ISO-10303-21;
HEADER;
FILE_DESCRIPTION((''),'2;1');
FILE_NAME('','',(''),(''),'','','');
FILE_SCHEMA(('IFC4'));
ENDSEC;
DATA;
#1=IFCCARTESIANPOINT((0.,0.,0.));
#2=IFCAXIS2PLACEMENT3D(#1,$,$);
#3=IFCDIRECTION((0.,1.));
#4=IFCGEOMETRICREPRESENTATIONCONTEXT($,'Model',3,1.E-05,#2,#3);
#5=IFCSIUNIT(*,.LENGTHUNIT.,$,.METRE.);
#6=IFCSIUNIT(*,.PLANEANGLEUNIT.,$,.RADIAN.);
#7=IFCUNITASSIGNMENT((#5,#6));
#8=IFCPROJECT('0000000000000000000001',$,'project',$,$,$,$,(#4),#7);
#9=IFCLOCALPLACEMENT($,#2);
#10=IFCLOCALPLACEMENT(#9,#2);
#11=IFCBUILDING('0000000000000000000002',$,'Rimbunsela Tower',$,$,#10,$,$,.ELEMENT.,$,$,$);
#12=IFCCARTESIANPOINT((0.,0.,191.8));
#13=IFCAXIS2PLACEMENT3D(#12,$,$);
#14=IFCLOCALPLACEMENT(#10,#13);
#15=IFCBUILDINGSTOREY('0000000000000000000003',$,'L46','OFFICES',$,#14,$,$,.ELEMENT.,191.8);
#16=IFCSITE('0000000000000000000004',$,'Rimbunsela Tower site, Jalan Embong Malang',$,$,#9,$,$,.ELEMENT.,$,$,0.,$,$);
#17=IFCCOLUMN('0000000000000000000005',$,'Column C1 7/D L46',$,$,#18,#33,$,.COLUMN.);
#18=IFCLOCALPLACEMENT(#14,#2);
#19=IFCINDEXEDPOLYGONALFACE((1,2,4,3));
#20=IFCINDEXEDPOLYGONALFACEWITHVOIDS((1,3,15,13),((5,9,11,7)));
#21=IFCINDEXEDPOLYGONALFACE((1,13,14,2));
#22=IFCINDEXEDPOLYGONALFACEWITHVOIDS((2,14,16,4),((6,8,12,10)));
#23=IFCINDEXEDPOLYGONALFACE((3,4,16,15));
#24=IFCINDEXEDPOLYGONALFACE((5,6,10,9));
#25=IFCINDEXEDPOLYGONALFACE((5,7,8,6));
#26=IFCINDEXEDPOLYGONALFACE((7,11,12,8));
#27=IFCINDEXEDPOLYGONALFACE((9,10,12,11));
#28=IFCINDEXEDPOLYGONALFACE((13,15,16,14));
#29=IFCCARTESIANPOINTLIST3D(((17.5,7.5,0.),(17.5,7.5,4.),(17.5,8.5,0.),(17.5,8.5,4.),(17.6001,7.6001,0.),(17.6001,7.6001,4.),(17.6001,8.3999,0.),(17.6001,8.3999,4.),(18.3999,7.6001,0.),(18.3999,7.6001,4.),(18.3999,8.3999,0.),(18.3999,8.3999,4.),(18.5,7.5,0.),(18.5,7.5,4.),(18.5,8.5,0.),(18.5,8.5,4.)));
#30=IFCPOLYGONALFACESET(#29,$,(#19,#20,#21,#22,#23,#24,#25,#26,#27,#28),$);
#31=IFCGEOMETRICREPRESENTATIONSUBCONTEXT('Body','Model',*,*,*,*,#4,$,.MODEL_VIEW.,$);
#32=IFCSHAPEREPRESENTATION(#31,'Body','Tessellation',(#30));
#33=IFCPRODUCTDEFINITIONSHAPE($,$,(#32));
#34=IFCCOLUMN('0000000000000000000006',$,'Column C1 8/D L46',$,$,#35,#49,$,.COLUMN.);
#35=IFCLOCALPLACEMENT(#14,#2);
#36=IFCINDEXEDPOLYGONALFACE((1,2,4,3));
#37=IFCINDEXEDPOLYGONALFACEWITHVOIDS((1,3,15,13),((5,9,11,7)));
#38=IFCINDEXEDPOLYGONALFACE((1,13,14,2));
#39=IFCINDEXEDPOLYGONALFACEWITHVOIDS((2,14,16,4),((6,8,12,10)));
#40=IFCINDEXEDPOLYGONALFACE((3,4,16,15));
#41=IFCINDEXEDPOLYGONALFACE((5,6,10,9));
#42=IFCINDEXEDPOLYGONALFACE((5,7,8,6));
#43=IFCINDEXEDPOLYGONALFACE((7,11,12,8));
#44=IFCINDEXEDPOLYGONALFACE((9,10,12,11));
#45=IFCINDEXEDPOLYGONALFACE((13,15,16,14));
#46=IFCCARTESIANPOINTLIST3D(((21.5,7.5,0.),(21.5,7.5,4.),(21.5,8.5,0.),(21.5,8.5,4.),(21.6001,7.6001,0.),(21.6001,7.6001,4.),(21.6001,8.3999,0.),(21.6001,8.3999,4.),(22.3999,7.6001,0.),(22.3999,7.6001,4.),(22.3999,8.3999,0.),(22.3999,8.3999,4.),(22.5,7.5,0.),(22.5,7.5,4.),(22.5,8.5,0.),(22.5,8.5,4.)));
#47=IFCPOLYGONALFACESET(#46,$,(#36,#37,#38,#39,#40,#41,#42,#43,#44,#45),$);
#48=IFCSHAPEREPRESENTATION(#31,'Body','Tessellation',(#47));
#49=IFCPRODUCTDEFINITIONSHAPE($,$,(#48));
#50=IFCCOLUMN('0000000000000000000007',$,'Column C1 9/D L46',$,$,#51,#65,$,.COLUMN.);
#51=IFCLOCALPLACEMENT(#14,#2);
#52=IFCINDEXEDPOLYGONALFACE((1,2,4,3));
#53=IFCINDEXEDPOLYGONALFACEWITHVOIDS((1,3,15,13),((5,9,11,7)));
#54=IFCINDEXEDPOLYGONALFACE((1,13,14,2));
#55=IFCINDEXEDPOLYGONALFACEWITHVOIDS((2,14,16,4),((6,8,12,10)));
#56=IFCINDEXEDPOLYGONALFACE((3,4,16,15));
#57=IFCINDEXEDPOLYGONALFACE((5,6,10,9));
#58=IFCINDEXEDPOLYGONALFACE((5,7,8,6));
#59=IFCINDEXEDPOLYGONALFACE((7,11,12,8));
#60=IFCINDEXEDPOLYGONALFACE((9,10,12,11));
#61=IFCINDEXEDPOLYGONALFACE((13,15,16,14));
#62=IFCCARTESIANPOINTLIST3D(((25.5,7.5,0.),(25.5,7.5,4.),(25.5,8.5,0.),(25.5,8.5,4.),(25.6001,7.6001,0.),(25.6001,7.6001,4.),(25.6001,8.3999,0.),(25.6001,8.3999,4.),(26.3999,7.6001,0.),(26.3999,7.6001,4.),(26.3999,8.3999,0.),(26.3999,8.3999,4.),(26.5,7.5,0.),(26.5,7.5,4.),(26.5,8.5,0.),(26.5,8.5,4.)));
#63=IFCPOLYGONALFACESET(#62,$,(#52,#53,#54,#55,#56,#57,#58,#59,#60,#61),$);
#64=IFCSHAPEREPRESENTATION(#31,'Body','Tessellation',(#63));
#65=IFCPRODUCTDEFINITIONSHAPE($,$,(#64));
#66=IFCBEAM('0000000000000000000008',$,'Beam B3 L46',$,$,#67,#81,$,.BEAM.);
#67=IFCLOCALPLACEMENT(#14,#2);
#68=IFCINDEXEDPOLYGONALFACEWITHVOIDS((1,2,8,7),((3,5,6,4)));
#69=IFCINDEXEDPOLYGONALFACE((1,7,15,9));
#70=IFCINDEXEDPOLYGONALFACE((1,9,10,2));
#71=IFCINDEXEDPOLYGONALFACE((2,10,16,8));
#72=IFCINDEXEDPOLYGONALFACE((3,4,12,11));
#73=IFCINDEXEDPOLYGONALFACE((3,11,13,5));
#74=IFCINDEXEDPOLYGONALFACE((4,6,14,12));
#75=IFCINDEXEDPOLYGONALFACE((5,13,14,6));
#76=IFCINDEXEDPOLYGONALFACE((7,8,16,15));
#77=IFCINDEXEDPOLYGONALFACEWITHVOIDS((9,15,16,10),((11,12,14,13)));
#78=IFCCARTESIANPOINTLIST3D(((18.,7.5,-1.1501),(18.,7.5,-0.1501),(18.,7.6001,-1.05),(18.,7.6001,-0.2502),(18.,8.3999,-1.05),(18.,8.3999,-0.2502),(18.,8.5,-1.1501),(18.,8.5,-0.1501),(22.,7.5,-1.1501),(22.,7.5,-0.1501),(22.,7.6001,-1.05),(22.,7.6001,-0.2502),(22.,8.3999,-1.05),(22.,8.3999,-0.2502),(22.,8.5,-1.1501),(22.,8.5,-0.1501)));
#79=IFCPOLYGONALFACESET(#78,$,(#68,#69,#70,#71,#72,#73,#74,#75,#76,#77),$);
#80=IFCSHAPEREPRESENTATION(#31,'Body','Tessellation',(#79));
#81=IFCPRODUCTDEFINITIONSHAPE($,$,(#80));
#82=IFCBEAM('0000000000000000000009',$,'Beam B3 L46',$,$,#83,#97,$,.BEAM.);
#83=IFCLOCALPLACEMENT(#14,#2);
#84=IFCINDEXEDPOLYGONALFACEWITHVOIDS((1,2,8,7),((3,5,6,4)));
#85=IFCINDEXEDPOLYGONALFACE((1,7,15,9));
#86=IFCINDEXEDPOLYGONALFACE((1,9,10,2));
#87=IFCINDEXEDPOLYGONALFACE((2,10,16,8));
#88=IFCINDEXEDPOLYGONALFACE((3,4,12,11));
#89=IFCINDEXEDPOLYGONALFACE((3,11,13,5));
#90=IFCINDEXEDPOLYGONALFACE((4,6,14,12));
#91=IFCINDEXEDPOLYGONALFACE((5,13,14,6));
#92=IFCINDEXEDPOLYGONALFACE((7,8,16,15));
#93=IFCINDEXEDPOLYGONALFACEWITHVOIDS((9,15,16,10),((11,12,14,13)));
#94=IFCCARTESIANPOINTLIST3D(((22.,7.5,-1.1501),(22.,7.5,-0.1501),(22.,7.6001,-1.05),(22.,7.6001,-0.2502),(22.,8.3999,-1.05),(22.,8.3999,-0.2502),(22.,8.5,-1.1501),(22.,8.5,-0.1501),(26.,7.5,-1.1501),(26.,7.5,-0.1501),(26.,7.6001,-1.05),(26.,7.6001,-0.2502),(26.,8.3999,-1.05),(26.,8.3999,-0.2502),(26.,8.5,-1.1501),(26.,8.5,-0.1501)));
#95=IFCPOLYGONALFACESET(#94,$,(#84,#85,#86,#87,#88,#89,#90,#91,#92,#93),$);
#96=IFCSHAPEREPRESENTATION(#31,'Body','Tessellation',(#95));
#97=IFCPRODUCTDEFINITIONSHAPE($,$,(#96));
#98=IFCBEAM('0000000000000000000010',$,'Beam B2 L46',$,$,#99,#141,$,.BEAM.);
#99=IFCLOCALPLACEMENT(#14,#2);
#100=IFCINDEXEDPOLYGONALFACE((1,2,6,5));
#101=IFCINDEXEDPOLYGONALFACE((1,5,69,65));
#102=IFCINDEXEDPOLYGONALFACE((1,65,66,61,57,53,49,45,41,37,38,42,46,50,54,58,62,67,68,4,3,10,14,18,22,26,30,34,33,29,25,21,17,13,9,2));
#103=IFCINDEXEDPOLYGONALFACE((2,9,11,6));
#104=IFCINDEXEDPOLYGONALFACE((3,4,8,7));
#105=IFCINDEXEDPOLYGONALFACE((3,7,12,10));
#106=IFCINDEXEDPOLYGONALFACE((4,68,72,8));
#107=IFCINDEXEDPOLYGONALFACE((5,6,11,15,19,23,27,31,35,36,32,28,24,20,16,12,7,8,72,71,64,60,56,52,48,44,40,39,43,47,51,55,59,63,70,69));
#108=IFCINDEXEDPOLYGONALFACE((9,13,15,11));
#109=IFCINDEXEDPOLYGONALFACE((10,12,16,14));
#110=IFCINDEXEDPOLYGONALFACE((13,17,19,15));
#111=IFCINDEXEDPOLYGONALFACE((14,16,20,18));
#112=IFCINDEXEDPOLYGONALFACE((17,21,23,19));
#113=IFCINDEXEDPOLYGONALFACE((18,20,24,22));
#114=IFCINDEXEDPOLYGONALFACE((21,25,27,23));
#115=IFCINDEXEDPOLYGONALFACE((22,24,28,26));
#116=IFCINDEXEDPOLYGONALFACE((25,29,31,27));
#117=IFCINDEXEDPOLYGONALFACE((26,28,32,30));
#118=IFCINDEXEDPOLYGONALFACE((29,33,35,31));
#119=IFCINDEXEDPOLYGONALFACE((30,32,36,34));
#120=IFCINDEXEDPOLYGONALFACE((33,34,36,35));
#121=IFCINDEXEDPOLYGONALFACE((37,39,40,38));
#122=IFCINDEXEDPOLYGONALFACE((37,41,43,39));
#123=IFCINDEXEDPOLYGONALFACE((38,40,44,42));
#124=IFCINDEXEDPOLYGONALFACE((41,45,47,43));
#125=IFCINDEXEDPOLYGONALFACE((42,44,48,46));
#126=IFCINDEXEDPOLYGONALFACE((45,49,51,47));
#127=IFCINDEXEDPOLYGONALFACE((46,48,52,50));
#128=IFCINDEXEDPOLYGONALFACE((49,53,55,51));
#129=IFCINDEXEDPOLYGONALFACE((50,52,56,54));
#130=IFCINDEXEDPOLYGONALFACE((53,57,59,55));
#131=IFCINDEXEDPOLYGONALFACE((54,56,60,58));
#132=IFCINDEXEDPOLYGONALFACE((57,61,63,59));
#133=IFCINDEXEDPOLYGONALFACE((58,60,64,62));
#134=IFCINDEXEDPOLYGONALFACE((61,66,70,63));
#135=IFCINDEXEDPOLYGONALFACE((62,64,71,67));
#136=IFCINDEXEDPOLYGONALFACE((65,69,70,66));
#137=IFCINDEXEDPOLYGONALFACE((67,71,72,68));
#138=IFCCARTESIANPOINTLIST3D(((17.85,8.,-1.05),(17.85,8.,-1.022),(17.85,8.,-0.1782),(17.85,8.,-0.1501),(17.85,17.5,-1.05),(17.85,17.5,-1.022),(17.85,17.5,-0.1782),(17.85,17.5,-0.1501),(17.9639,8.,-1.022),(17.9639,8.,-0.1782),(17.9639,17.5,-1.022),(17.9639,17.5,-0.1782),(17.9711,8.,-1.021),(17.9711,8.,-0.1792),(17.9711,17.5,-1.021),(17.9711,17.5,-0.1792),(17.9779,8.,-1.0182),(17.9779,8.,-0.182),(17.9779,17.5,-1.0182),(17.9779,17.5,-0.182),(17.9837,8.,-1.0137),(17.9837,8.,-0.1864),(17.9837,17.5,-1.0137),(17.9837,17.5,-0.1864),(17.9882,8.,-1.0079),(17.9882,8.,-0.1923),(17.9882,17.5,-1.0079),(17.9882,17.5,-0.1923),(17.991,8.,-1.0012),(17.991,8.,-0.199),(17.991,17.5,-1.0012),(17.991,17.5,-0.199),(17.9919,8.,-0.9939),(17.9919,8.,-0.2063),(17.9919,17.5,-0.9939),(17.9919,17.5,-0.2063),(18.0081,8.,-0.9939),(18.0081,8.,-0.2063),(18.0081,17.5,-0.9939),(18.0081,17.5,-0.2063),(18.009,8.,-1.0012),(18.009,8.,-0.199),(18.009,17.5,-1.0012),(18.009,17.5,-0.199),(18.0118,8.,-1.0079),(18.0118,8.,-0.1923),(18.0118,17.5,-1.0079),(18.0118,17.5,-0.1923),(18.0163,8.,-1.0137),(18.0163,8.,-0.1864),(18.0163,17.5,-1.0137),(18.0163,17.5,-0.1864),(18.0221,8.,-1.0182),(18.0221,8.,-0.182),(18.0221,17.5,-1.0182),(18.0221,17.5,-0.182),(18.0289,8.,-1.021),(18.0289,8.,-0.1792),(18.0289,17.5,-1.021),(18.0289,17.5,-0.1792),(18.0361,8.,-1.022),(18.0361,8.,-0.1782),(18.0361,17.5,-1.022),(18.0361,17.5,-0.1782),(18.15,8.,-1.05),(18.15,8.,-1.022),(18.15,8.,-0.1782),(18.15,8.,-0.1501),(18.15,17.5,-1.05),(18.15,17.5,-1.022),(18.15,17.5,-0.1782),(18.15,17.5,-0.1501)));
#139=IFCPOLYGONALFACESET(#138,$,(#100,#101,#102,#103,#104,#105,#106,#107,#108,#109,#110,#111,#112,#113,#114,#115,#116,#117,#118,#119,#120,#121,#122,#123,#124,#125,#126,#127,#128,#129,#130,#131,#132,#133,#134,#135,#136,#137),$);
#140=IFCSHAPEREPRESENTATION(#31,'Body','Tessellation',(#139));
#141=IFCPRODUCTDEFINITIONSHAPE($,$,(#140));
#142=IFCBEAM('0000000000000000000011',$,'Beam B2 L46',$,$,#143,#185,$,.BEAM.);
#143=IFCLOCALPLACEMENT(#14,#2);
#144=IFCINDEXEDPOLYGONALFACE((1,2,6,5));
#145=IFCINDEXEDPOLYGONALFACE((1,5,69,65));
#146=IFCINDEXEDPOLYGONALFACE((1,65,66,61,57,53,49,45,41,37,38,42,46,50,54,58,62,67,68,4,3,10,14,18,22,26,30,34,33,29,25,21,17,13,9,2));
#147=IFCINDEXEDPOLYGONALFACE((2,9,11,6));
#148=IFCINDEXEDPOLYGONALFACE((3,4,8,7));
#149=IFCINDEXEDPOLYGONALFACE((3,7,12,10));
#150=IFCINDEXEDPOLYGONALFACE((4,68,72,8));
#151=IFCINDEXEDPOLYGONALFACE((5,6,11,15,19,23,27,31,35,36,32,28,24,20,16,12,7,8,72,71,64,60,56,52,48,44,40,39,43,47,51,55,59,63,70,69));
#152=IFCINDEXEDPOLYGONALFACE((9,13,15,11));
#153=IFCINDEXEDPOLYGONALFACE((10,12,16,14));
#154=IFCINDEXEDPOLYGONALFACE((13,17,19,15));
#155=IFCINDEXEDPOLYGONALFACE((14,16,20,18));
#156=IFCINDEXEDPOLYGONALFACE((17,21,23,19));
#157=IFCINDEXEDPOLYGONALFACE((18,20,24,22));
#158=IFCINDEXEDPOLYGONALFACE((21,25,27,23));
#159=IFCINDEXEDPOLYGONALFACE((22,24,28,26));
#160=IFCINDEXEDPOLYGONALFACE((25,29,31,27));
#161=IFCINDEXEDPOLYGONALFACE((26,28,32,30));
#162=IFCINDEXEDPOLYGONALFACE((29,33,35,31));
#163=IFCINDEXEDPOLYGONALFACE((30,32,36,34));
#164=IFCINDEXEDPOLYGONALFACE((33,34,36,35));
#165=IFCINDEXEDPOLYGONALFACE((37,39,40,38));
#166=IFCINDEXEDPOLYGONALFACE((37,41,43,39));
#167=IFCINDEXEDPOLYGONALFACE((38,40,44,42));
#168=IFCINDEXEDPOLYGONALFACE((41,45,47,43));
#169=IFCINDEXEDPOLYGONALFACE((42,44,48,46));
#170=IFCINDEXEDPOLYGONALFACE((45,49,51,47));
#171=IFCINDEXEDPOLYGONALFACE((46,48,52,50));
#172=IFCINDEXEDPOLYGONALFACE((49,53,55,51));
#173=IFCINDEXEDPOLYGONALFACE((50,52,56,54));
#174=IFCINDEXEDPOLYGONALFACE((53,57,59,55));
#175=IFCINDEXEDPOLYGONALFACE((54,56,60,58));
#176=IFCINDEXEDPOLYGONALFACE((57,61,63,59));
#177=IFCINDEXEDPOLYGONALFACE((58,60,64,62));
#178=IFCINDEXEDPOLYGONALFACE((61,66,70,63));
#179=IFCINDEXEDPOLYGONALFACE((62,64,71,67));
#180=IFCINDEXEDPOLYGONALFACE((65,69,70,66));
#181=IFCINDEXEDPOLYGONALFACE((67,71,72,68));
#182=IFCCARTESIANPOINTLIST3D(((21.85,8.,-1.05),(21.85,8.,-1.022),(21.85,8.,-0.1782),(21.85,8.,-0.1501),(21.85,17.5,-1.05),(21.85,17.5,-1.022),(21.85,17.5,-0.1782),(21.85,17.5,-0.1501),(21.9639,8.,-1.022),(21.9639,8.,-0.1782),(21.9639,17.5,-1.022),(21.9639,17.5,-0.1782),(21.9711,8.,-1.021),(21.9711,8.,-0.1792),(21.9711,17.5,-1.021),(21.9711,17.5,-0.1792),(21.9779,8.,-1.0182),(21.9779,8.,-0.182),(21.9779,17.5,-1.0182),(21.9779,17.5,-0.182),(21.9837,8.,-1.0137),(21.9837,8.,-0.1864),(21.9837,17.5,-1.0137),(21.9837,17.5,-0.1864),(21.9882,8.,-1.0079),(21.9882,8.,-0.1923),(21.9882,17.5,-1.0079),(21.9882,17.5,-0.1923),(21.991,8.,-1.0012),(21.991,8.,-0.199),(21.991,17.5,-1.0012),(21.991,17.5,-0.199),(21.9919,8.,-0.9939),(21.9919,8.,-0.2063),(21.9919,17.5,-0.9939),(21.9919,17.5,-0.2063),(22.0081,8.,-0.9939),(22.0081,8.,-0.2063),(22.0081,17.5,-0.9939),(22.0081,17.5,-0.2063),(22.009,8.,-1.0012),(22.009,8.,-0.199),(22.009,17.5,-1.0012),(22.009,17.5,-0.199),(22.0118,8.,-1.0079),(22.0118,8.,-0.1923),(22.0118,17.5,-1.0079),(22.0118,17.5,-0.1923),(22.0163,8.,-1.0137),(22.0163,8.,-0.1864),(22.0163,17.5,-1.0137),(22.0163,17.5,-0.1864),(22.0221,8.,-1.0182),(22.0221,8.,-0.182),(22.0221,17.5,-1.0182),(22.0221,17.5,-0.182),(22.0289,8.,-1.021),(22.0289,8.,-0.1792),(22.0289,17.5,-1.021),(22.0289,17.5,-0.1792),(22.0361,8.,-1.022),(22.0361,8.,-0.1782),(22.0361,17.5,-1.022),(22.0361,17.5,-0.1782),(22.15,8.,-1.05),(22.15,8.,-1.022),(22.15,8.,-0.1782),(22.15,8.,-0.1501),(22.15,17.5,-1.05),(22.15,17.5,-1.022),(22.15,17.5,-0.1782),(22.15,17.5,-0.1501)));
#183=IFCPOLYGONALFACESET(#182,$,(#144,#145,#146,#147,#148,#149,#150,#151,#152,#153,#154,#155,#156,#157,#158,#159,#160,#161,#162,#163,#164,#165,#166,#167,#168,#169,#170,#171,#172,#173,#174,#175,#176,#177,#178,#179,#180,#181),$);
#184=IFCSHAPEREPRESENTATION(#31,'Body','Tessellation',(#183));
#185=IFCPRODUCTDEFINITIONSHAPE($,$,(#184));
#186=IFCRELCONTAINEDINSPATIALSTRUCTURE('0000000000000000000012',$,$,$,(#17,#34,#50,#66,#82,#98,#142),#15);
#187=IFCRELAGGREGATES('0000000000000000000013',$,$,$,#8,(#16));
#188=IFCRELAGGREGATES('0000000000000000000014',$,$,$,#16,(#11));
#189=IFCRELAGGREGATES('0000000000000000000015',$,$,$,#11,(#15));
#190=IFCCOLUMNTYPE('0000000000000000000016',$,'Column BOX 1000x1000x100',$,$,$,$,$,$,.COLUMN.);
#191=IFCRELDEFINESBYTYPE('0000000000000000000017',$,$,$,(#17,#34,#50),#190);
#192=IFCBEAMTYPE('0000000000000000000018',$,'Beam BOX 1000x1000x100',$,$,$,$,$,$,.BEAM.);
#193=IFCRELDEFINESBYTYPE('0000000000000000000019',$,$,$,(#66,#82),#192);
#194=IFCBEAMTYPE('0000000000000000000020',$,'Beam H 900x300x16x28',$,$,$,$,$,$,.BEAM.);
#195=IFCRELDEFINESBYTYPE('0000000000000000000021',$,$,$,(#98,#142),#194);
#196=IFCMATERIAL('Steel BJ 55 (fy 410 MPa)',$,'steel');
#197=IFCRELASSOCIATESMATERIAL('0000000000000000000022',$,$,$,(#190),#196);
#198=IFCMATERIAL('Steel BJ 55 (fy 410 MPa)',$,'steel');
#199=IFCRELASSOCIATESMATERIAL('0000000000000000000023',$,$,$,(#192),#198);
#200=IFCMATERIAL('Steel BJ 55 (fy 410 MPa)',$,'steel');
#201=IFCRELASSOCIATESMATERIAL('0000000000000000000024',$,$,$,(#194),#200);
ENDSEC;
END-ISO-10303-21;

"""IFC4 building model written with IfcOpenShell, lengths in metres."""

from ifc_helpers import new_model, si_unit, direction, frame, origin, origin_2d, place, context, subcontext, project, spatial, hollow_rectangle, i_section, extrude, material, material_profile, profile_set, type_object, element, save


model = new_model("IFC4")

# Units and contexts
model_context = context("Model", 3, precision=1e-05, world=origin(), true_north=direction((0.0, 1.0)))
body_context = subcontext(model_context, "Body", "Model", "MODEL_VIEW")
ifc_project = project(units=[si_unit("LENGTHUNIT", "METRE"), si_unit("PLANEANGLEUNIT", "RADIAN")], contexts=[model_context])

# Site, building, storey
site_placement = place(None, origin())
site = spatial("IfcSite", under=ifc_project, at=site_placement, Name="Rimbunsela Tower site, Jalan Embong Malang", CompositionType="ELEMENT", RefElevation=0.0)
building_placement = place(site_placement, origin())
building = spatial("IfcBuilding", under=site, at=building_placement, Name="Rimbunsela Tower", CompositionType="ELEMENT")
storey_placement = place(building_placement, frame((0.0, 0.0, 191.8)))
storey = spatial("IfcBuildingStorey", under=building, at=storey_placement, Name="L46", Description="OFFICES", CompositionType="ELEMENT", Elevation=191.8)

# Columns
ifc_material_1 = material(Name="Steel BJ 55 (fy 410 MPa)", Category="steel")
ifc_material_profile_1 = material_profile(ifc_material_1, hollow_rectangle(XDim=1.0, YDim=1.0, WallThickness=0.1001, at=origin_2d()), Name="BOX 1000x1000x100")
ifc_profile_set_1 = profile_set([ifc_material_profile_1], Name="Steel BJ 55 (fy 410 MPa)")
column_type = type_object("IfcColumnType", Name="Column BOX 1000x1000x100", PredefinedType="COLUMN", material=ifc_profile_set_1)
for number, where, z_axis, x_axis, name in (
    (1, (18.0, 8.0, 0.0), (0.0, 0.0, 1.0), (1.0, 0.0, 0.0), "Column C1 7/D L46"),
    (2, (22.0, 8.0, 0.0), (0.0, 0.0, 1.0), (1.0, 0.0, 0.0), "Column C1 8/D L46"),
    (3, (26.0, 8.0, 0.0), (0.0, 0.0, 1.0), (1.0, 0.0, 0.0), "Column C1 9/D L46"),
):
    element("IfcColumn", number, at=place(storey_placement, frame(where, z_axis=z_axis, x_axis=x_axis)), inside=storey, type_object=column_type, Name=name, PredefinedType="COLUMN", context=body_context, shape_type="SweptSolid", body=[
        extrude(hollow_rectangle(XDim=1.0, YDim=1.0, WallThickness=0.1001, at=origin_2d()), origin(), (0.0, 0.0, 1.0), 4.0),
    ])

# Beams
ifc_material_2 = material(Name="Steel BJ 55 (fy 410 MPa)", Category="steel")
ifc_material_profile_2 = material_profile(ifc_material_2, hollow_rectangle(XDim=1.0, YDim=1.0, WallThickness=0.1001, at=origin_2d()), Name="BOX 1000x1000x100")
ifc_profile_set_2 = profile_set([ifc_material_profile_2], Name="Steel BJ 55 (fy 410 MPa)")
beam_type_1 = type_object("IfcBeamType", Name="Beam BOX 1000x1000x100", PredefinedType="BEAM", material=ifc_profile_set_2)
for number, where, z_axis, x_axis, name in (
    (4, (18.0, 8.0, -0.6501), (1.0, 0.0, 0.0), (0.0, 1.0, 0.0), "Beam B3 L46"),
    (5, (22.0, 8.0, -0.6501), (1.0, 0.0, 0.0), (0.0, 1.0, 0.0), "Beam B3 L46"),
):
    element("IfcBeam", number, at=place(storey_placement, frame(where, z_axis=z_axis, x_axis=x_axis)), inside=storey, type_object=beam_type_1, Name=name, PredefinedType="BEAM", context=body_context, shape_type="SweptSolid", body=[
        extrude(hollow_rectangle(XDim=1.0, YDim=1.0, WallThickness=0.1001, at=origin_2d()), origin(), (0.0, 0.0, 1.0), 4.0),
    ])
ifc_material_3 = material(Name="Steel BJ 55 (fy 410 MPa)", Category="steel")
ifc_material_profile_3 = material_profile(ifc_material_3, i_section(OverallWidth=0.3, OverallDepth=0.8999, WebThickness=0.0161, FlangeThickness=0.0281, FilletRadius=0.0281, at=origin_2d()), Name="H 900x300x16x28")
ifc_profile_set_3 = profile_set([ifc_material_profile_3], Name="Steel BJ 55 (fy 410 MPa)")
beam_type_2 = type_object("IfcBeamType", Name="Beam H 900x300x16x28", PredefinedType="BEAM", material=ifc_profile_set_3)
for number, where, z_axis, x_axis, name in (
    (6, (18.0, 8.0, -0.6001), (0.0, 1.0, 0.0), (-1.0, 0.0, 0.0), "Beam B2 L46"),
    (7, (22.0, 8.0, -0.6001), (0.0, 1.0, 0.0), (-1.0, 0.0, 0.0), "Beam B2 L46"),
):
    element("IfcBeam", number, at=place(storey_placement, frame(where, z_axis=z_axis, x_axis=x_axis)), inside=storey, type_object=beam_type_2, Name=name, PredefinedType="BEAM", context=body_context, shape_type="SweptSolid", body=[
        extrude(i_section(OverallWidth=0.3, OverallDepth=0.8999, WebThickness=0.0161, FlangeThickness=0.0281, FilletRadius=0.0281, at=origin_2d()), origin(), (0.0, 0.0, 1.0), 9.5),
    ])

save(model, "model.ifc")
